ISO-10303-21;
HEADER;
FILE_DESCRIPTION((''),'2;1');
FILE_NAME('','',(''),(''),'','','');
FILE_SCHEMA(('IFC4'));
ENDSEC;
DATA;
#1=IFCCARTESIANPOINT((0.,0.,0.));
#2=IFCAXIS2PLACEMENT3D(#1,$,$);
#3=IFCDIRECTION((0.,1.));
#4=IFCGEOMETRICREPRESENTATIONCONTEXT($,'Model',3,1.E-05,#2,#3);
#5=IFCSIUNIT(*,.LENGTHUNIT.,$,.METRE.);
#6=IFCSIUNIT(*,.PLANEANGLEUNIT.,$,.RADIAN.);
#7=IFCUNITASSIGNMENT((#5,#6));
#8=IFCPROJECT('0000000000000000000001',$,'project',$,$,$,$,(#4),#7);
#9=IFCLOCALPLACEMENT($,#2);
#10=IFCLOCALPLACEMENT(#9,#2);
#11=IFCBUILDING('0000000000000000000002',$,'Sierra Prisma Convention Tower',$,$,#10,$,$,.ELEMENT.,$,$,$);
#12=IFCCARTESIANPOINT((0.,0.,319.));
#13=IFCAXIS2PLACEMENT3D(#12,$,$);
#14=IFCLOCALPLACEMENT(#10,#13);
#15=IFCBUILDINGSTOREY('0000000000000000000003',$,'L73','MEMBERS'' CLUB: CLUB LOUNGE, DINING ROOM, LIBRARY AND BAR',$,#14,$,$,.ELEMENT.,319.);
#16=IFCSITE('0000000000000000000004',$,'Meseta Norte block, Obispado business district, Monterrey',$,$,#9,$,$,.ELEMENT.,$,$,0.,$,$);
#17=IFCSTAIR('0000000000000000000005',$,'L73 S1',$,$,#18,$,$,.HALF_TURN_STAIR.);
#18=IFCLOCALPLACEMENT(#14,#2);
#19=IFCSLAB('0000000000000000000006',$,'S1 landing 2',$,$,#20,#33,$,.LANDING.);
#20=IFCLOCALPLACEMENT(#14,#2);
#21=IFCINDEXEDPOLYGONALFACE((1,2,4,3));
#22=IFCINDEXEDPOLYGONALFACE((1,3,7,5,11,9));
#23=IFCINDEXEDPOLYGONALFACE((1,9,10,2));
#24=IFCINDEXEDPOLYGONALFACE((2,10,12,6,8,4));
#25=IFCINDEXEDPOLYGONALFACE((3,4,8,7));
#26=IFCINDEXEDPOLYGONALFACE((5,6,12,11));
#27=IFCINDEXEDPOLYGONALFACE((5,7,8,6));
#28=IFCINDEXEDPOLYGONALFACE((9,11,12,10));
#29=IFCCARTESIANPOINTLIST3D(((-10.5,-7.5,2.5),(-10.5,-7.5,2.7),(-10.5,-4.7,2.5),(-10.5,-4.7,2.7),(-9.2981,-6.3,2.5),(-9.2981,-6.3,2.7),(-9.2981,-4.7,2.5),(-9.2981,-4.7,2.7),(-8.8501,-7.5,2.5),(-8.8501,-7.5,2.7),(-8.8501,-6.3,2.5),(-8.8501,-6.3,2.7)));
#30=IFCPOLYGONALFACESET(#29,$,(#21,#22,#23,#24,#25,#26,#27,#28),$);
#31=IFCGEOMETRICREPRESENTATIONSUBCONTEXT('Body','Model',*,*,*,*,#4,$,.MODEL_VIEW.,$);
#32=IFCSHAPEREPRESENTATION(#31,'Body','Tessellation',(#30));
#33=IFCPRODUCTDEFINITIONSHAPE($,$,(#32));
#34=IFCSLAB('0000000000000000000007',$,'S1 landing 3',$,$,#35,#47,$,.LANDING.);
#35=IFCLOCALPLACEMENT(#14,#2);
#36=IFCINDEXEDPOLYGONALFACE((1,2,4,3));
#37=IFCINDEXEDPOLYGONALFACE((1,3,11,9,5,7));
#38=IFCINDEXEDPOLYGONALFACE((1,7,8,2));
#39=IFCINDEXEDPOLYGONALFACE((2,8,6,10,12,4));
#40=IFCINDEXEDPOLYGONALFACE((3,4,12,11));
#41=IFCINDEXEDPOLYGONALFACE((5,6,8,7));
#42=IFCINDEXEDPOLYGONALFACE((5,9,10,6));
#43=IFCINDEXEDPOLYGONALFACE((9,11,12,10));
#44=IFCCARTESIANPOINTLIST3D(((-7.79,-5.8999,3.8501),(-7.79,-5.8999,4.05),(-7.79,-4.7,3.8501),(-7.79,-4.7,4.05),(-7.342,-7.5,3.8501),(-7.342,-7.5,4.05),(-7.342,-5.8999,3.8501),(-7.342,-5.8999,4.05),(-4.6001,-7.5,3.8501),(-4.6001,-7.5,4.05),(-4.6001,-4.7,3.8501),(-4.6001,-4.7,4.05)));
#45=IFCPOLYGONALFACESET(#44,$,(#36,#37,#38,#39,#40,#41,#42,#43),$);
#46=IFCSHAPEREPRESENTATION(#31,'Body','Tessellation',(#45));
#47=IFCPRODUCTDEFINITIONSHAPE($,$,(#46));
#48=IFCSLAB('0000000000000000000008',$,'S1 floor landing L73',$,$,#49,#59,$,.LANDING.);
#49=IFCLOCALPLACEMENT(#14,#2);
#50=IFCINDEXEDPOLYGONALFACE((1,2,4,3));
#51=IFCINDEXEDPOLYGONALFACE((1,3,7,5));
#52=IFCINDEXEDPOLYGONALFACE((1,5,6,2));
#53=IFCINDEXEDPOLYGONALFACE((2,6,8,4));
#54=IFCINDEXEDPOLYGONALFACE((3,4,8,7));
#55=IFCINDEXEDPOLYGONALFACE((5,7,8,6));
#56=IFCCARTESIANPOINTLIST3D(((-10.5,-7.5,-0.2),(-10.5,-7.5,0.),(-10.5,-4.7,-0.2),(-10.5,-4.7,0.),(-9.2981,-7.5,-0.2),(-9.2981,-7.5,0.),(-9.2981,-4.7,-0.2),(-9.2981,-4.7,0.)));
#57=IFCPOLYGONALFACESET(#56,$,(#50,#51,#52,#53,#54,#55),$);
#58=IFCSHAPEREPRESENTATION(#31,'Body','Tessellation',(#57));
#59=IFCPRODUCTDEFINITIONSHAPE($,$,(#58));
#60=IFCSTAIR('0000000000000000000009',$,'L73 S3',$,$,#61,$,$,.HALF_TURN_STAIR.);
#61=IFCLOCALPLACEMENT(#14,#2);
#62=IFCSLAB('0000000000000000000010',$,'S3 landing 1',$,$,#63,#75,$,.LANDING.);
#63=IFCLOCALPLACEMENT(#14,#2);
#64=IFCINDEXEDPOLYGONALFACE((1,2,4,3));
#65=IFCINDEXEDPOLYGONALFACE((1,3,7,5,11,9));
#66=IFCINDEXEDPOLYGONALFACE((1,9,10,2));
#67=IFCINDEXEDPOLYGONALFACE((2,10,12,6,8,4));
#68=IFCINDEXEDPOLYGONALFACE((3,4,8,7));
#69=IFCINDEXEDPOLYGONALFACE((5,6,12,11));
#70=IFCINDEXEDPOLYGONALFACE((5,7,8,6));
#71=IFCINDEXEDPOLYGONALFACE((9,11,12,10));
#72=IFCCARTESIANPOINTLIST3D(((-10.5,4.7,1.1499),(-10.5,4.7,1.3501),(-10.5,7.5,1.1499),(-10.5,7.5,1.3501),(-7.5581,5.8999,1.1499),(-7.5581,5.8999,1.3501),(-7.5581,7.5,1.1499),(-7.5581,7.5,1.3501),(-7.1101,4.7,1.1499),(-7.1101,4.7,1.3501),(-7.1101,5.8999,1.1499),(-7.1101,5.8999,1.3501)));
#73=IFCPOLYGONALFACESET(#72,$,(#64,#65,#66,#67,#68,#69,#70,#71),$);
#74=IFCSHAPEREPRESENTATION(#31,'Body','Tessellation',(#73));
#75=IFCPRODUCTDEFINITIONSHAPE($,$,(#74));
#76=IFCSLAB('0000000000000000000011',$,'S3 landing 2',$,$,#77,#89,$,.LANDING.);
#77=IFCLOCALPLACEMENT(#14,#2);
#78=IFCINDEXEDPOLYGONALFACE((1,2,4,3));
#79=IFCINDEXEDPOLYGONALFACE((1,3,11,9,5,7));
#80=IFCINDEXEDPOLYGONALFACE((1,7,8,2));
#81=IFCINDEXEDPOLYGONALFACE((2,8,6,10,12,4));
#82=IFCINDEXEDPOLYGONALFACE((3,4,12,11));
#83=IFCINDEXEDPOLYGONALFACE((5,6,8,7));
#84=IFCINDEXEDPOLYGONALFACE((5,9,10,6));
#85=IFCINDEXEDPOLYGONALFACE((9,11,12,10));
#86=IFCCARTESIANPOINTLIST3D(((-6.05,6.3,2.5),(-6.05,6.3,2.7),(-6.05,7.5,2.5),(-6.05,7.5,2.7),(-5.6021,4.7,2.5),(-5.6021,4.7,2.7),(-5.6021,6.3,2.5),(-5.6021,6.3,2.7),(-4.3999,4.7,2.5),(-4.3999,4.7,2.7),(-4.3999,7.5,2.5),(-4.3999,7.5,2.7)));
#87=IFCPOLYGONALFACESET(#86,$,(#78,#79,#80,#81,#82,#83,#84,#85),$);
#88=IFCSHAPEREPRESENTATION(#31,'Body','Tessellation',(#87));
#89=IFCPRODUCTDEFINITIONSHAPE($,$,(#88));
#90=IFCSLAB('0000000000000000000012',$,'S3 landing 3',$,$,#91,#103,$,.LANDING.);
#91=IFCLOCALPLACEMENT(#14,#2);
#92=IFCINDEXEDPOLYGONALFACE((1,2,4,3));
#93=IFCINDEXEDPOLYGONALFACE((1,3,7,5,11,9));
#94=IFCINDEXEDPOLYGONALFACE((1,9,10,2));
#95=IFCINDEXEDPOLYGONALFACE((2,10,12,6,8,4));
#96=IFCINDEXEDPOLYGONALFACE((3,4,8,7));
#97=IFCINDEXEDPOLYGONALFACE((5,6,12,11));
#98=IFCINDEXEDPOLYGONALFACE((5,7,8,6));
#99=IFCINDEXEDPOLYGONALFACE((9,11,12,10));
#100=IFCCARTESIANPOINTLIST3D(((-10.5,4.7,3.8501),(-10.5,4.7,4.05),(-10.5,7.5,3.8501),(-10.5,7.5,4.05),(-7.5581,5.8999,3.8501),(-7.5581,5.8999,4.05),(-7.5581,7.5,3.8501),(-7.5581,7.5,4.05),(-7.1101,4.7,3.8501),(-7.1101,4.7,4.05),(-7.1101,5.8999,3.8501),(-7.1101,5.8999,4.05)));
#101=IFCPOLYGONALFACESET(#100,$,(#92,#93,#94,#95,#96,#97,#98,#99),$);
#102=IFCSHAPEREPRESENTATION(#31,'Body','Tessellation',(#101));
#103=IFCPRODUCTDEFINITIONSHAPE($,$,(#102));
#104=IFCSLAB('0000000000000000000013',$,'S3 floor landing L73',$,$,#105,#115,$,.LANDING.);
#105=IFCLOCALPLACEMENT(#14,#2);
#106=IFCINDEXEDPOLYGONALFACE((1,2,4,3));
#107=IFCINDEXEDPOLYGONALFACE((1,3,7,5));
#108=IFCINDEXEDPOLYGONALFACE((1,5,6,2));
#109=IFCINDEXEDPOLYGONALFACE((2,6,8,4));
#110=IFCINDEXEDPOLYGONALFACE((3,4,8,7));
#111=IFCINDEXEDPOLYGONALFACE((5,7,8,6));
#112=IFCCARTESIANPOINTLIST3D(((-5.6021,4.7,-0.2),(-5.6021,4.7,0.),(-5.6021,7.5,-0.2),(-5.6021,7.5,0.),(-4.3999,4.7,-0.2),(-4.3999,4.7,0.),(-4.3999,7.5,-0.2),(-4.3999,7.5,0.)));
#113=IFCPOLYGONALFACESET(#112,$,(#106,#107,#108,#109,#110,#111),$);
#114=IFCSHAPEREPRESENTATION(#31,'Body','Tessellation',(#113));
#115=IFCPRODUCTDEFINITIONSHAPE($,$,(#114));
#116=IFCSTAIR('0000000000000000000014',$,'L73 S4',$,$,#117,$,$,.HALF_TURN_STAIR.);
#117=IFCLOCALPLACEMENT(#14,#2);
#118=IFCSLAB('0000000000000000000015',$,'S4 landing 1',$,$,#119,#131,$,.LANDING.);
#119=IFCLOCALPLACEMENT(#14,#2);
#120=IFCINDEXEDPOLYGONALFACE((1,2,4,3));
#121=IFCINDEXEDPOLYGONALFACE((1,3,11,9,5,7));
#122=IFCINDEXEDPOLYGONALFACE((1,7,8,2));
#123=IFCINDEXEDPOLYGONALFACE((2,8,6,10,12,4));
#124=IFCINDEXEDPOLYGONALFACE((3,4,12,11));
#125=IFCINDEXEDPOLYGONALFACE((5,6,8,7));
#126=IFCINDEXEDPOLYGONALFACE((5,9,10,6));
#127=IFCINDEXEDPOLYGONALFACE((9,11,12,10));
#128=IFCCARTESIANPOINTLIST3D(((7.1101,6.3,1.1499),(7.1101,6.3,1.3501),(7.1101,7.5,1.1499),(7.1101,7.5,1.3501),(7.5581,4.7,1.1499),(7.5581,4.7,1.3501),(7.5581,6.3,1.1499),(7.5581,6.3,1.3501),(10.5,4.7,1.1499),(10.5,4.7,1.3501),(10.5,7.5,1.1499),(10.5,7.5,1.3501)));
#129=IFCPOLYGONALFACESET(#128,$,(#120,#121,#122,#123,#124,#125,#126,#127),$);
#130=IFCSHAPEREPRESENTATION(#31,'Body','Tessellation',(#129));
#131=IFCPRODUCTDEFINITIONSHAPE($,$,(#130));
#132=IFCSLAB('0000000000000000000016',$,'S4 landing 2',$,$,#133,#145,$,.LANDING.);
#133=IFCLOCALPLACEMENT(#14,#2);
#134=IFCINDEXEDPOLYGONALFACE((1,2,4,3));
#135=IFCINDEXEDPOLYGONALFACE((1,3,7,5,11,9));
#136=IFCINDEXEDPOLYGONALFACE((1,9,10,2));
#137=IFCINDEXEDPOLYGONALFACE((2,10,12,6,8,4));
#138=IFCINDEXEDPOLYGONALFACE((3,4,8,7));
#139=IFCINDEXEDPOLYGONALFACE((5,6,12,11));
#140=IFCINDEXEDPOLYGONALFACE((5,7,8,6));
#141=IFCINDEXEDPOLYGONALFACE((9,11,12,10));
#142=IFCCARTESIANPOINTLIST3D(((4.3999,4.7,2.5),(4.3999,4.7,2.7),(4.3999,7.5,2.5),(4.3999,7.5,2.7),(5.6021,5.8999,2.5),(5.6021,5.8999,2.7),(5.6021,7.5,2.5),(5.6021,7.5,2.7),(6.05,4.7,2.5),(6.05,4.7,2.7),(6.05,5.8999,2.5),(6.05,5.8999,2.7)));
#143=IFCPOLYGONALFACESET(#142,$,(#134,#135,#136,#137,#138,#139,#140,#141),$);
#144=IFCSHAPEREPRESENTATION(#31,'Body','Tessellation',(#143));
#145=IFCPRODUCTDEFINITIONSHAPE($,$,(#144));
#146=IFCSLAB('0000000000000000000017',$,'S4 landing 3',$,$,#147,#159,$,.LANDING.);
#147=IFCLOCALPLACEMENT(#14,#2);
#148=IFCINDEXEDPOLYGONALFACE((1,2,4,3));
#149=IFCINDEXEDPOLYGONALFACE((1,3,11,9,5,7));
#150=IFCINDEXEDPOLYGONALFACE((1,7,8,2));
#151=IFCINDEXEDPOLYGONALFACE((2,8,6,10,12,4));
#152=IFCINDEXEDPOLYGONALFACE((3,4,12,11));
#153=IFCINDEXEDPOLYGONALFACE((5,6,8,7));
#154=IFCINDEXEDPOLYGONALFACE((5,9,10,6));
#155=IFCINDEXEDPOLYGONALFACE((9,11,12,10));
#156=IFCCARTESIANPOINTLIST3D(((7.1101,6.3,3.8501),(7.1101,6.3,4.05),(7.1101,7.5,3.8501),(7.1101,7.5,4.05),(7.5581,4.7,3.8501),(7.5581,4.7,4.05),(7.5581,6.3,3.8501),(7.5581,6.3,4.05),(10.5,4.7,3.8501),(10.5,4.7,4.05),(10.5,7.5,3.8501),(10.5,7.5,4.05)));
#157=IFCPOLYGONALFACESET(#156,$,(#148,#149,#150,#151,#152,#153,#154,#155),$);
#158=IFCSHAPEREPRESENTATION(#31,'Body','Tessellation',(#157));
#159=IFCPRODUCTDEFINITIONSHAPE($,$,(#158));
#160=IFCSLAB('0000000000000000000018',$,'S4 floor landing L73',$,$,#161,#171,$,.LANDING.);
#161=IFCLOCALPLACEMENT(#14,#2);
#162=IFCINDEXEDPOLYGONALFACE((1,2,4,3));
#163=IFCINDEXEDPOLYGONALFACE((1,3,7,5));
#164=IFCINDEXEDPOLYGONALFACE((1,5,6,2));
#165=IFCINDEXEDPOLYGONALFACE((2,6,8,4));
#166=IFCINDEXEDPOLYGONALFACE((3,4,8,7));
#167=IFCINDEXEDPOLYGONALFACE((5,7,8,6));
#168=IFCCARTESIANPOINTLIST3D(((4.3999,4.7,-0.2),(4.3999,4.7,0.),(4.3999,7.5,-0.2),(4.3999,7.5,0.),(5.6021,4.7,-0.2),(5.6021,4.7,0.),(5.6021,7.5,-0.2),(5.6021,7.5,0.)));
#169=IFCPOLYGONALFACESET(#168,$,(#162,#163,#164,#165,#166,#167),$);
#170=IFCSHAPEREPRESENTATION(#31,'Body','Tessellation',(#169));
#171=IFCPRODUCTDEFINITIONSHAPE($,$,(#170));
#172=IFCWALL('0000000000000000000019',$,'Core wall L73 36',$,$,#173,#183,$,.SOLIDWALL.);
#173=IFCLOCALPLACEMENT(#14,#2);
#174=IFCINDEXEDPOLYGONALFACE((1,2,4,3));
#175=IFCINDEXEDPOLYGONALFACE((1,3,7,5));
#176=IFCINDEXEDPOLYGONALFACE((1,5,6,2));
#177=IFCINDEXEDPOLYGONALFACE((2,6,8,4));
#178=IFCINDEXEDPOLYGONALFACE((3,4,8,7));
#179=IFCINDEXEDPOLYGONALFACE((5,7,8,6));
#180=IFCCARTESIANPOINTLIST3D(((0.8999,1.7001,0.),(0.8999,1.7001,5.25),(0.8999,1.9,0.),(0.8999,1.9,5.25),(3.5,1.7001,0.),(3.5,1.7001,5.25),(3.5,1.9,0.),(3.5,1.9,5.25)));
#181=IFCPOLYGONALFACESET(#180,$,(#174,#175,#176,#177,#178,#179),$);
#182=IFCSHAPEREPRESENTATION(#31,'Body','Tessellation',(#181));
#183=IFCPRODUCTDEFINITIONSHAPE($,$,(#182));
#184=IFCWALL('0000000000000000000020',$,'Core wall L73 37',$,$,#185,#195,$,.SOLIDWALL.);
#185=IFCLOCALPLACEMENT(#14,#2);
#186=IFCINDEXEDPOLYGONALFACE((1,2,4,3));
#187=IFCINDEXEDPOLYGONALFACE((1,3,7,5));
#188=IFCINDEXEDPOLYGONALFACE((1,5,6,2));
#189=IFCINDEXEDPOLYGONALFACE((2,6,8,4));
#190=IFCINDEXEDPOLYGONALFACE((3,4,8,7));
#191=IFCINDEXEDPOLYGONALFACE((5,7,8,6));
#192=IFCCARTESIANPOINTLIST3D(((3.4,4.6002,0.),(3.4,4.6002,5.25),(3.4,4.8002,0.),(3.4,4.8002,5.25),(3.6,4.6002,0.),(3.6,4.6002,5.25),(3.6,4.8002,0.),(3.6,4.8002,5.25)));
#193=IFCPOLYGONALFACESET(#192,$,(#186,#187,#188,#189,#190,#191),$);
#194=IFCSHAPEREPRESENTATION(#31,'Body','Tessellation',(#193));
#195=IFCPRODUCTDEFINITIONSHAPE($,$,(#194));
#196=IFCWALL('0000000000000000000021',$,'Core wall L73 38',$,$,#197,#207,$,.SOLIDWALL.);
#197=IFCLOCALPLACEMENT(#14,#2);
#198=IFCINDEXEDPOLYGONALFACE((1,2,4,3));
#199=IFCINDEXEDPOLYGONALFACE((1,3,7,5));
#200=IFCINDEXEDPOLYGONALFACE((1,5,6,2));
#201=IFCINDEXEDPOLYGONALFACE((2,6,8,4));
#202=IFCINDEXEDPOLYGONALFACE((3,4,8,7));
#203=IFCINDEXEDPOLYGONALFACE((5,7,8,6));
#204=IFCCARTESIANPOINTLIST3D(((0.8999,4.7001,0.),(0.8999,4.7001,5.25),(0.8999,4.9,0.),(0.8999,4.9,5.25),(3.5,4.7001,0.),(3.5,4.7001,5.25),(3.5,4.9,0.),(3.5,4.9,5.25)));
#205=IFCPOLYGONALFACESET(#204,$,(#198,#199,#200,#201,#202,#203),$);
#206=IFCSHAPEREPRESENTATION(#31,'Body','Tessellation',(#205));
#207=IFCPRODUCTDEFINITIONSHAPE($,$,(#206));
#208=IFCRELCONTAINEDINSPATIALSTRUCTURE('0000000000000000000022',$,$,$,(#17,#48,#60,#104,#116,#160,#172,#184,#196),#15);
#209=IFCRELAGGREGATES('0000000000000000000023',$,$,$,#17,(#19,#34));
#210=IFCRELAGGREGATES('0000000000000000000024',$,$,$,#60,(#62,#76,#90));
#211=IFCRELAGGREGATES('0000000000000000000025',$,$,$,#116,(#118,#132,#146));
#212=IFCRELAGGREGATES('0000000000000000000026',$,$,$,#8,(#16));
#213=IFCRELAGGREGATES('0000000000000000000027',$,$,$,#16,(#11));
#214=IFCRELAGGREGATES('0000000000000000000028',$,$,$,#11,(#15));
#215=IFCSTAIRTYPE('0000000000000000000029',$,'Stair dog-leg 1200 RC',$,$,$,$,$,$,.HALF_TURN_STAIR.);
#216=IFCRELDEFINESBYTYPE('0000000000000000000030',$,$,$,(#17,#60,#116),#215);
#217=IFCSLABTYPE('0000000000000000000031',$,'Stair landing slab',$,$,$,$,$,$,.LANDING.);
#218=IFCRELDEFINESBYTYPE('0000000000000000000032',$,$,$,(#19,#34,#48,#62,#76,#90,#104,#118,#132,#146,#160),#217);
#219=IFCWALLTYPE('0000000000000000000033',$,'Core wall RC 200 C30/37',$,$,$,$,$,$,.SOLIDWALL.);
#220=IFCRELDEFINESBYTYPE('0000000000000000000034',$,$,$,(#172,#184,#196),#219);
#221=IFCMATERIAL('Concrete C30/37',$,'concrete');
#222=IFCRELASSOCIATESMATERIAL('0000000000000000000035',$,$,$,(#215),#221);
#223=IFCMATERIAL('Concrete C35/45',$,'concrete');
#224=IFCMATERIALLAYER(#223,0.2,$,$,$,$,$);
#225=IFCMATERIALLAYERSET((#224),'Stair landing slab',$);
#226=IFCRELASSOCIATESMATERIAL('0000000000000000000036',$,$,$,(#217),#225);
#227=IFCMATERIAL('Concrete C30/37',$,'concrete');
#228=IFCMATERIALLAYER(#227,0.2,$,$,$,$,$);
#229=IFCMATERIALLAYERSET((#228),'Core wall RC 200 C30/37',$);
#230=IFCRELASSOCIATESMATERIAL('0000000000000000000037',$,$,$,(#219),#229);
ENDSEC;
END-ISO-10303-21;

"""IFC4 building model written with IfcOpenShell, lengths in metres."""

from ifc_helpers import new_model, si_unit, direction, frame, frame_2d, origin, place, context, subcontext, project, spatial, polyline, rectangle, outline, extrude, material, layer, layer_set, type_object, element, aggregate, save


model = new_model("IFC4")

# Units and contexts
model_context = context("Model", 3, precision=1e-05, world=origin(), true_north=direction((0.0, 1.0)))
body_context = subcontext(model_context, "Body", "Model", "MODEL_VIEW")
ifc_project = project(units=[si_unit("LENGTHUNIT", "METRE"), si_unit("PLANEANGLEUNIT", "RADIAN")], contexts=[model_context])

# Site, building, storey
site_placement = place(None, origin())
site = spatial("IfcSite", under=ifc_project, at=site_placement, Name="Meseta Norte block, Obispado business district, Monterrey", CompositionType="ELEMENT", RefElevation=0.0)
building_placement = place(site_placement, origin())
building = spatial("IfcBuilding", under=site, at=building_placement, Name="Sierra Prisma Convention Tower", CompositionType="ELEMENT")
storey_placement = place(building_placement, frame((0.0, 0.0, 319.0)))
storey = spatial("IfcBuildingStorey", under=building, at=storey_placement, Name="L73", Description="MEMBERS' CLUB: CLUB LOUNGE, DINING ROOM, LIBRARY AND BAR", CompositionType="ELEMENT", Elevation=319.0)

# Stair, slabs
ifc_material_1 = material(Name="Concrete C30/37", Category="concrete")
stair_type = type_object("IfcStairType", Name="Stair dog-leg 1200 RC", PredefinedType="HALF_TURN_STAIR", material=ifc_material_1)
stair_1_placement = place(storey_placement, origin())
stair_1 = element("IfcStair", 1, at=stair_1_placement, inside=storey, type_object=stair_type, Name="L73 S1", PredefinedType="HALF_TURN_STAIR")
ifc_material_2 = material(Name="Concrete C35/45", Category="concrete")
ifc_layer_1 = layer(ifc_material_2, 0.2)
ifc_layer_set_1 = layer_set([ifc_layer_1], Name="Stair landing slab")
slab_type = type_object("IfcSlabType", Name="Stair landing slab", PredefinedType="LANDING", material=ifc_layer_set_1)
slab_1_placement = place(storey_placement, frame((0.0, 0.0, 2.5)))
slab_1 = element("IfcSlab", 2, at=slab_1_placement, type_object=slab_type, Name="S1 landing 2", PredefinedType="LANDING", context=body_context, shape_type="SweptSolid", body=[
    extrude(outline(polyline([(-10.5, -7.5), (-10.5, -4.7), (-9.2981, -4.7), (-9.2981, -6.3), (-8.8501, -6.3), (-8.8501, -7.5), (-10.5, -7.5)])), origin(), (0.0, 0.0, 1.0), 0.2),
])
slab_2_placement = place(storey_placement, frame((0.0, 0.0, 3.8501)))
slab_2 = element("IfcSlab", 3, at=slab_2_placement, type_object=slab_type, Name="S1 landing 3", PredefinedType="LANDING", context=body_context, shape_type="SweptSolid", body=[
    extrude(outline(polyline([(-4.6001, -4.7), (-4.6001, -7.5), (-7.342, -7.5), (-7.342, -5.8999), (-7.79, -5.8999), (-7.79, -4.7), (-4.6001, -4.7)])), origin(), (0.0, 0.0, 1.0), 0.2),
])
aggregate(stair_1, [slab_1, slab_2])

# Slab
slab_3_placement = place(storey_placement, frame((0.0, 0.0, -0.2)))
element("IfcSlab", 4, at=slab_3_placement, inside=storey, type_object=slab_type, Name="S1 floor landing L73", PredefinedType="LANDING", context=body_context, shape_type="SweptSolid", body=[
    extrude(outline(polyline([(-10.5, -7.5), (-9.2981, -7.5), (-9.2981, -4.7), (-10.5, -4.7), (-10.5, -7.5)])), origin(), (0.0, 0.0, 1.0), 0.2),
])

# Stair, slabs
stair_2_placement = place(storey_placement, origin())
stair_2 = element("IfcStair", 5, at=stair_2_placement, inside=storey, type_object=stair_type, Name="L73 S3", PredefinedType="HALF_TURN_STAIR")
slab_4_placement = place(storey_placement, frame((0.0, 0.0, 1.1499)))
slab_4 = element("IfcSlab", 6, at=slab_4_placement, type_object=slab_type, Name="S3 landing 1", PredefinedType="LANDING", context=body_context, shape_type="SweptSolid", body=[
    extrude(outline(polyline([(-7.1101, 5.8999), (-7.1101, 4.7), (-10.5, 4.7), (-10.5, 7.5), (-7.5581, 7.5), (-7.5581, 5.8999), (-7.1101, 5.8999)])), origin(), (0.0, 0.0, 1.0), 0.2002),
])
slab_5_placement = place(storey_placement, frame((0.0, 0.0, 2.5)))
slab_5 = element("IfcSlab", 7, at=slab_5_placement, type_object=slab_type, Name="S3 landing 2", PredefinedType="LANDING", context=body_context, shape_type="SweptSolid", body=[
    extrude(outline(polyline([(-4.3999, 7.5), (-4.3999, 4.7), (-5.6021, 4.7), (-5.6021, 6.3), (-6.05, 6.3), (-6.05, 7.5), (-4.3999, 7.5)])), origin(), (0.0, 0.0, 1.0), 0.2),
])
slab_6_placement = place(storey_placement, frame((0.0, 0.0, 3.8501)))
slab_6 = element("IfcSlab", 8, at=slab_6_placement, type_object=slab_type, Name="S3 landing 3", PredefinedType="LANDING", context=body_context, shape_type="SweptSolid", body=[
    extrude(outline(polyline([(-7.1101, 5.8999), (-7.1101, 4.7), (-10.5, 4.7), (-10.5, 7.5), (-7.5581, 7.5), (-7.5581, 5.8999), (-7.1101, 5.8999)])), origin(), (0.0, 0.0, 1.0), 0.2),
])
aggregate(stair_2, [slab_4, slab_5, slab_6])

# Slab
slab_7_placement = place(storey_placement, frame((0.0, 0.0, -0.2)))
element("IfcSlab", 9, at=slab_7_placement, inside=storey, type_object=slab_type, Name="S3 floor landing L73", PredefinedType="LANDING", context=body_context, shape_type="SweptSolid", body=[
    extrude(outline(polyline([(-4.3999, 7.5), (-5.6021, 7.5), (-5.6021, 4.7), (-4.3999, 4.7), (-4.3999, 7.5)])), origin(), (0.0, 0.0, 1.0), 0.2),
])

# Stair, slabs
stair_3_placement = place(storey_placement, origin())
stair_3 = element("IfcStair", 10, at=stair_3_placement, inside=storey, type_object=stair_type, Name="L73 S4", PredefinedType="HALF_TURN_STAIR")
slab_8_placement = place(storey_placement, frame((0.0, 0.0, 1.1499)))
slab_8 = element("IfcSlab", 11, at=slab_8_placement, type_object=slab_type, Name="S4 landing 1", PredefinedType="LANDING", context=body_context, shape_type="SweptSolid", body=[
    extrude(outline(polyline([(10.5, 7.5), (10.5, 4.7), (7.5581, 4.7), (7.5581, 6.3), (7.1101, 6.3), (7.1101, 7.5), (10.5, 7.5)])), origin(), (0.0, 0.0, 1.0), 0.2002),
])
slab_9_placement = place(storey_placement, frame((0.0, 0.0, 2.5)))
slab_9 = element("IfcSlab", 12, at=slab_9_placement, type_object=slab_type, Name="S4 landing 2", PredefinedType="LANDING", context=body_context, shape_type="SweptSolid", body=[
    extrude(outline(polyline([(4.3999, 4.7), (4.3999, 7.5), (5.6021, 7.5), (5.6021, 5.8999), (6.05, 5.8999), (6.05, 4.7), (4.3999, 4.7)])), origin(), (0.0, 0.0, 1.0), 0.2),
])
slab_10_placement = place(storey_placement, frame((0.0, 0.0, 3.8501)))
slab_10 = element("IfcSlab", 13, at=slab_10_placement, type_object=slab_type, Name="S4 landing 3", PredefinedType="LANDING", context=body_context, shape_type="SweptSolid", body=[
    extrude(outline(polyline([(10.5, 7.5), (10.5, 4.7), (7.5581, 4.7), (7.5581, 6.3), (7.1101, 6.3), (7.1101, 7.5), (10.5, 7.5)])), origin(), (0.0, 0.0, 1.0), 0.2),
])

# Slab
slab_11_placement = place(storey_placement, frame((0.0, 0.0, -0.2)))
element("IfcSlab", 14, at=slab_11_placement, inside=storey, type_object=slab_type, Name="S4 floor landing L73", PredefinedType="LANDING", context=body_context, shape_type="SweptSolid", body=[
    extrude(outline(polyline([(4.3999, 4.7), (5.6021, 4.7), (5.6021, 7.5), (4.3999, 7.5), (4.3999, 4.7)])), origin(), (0.0, 0.0, 1.0), 0.2),
])

# Shared definitions
ifc_material_3 = material(Name="Concrete C30/37", Category="concrete")
ifc_layer_2 = layer(ifc_material_3, 0.2)
ifc_layer_set_2 = layer_set([ifc_layer_2], Name="Core wall RC 200 C30/37")
wall_type = type_object("IfcWallType", Name="Core wall RC 200 C30/37", PredefinedType="SOLIDWALL", material=ifc_layer_set_2)

# Walls
wall_1_placement = place(storey_placement, frame((3.5, 1.8, 0.0), z_axis=(0.0, 0.0, 1.0), x_axis=(-1.0, 0.0, 0.0)))
element("IfcWall", 15, at=wall_1_placement, inside=storey, type_object=wall_type, Name="Core wall L73 36", PredefinedType="SOLIDWALL", context=body_context, shape_type="SweptSolid", body=[
    extrude(rectangle(XDim=2.6001, YDim=0.2, at=frame_2d((1.3, 0.0))), origin(), (0.0, 0.0, 1.0), 5.25),
])
wall_2_placement = place(storey_placement, frame((3.5, 4.6001, 0.0), z_axis=(0.0, 0.0, 1.0), x_axis=(0.0, 1.0, 0.0)))
element("IfcWall", 16, at=wall_2_placement, inside=storey, type_object=wall_type, Name="Core wall L73 37", PredefinedType="SOLIDWALL", context=body_context, shape_type="SweptSolid", body=[
    extrude(rectangle(XDim=0.2, YDim=0.2, at=frame_2d((0.1001, 0.0))), origin(), (0.0, 0.0, 1.0), 5.25),
])
wall_3_placement = place(storey_placement, frame((3.5, 4.8, 0.0), z_axis=(0.0, 0.0, 1.0), x_axis=(-1.0, 0.0, 0.0)))
element("IfcWall", 17, at=wall_3_placement, inside=storey, type_object=wall_type, Name="Core wall L73 38", PredefinedType="SOLIDWALL", context=body_context, shape_type="SweptSolid", body=[
    extrude(rectangle(XDim=2.6001, YDim=0.2, at=frame_2d((1.3, 0.0))), origin(), (0.0, 0.0, 1.0), 5.25),
])

aggregate(stair_3, [slab_8, slab_9, slab_10])

save(model, "model.ifc")
